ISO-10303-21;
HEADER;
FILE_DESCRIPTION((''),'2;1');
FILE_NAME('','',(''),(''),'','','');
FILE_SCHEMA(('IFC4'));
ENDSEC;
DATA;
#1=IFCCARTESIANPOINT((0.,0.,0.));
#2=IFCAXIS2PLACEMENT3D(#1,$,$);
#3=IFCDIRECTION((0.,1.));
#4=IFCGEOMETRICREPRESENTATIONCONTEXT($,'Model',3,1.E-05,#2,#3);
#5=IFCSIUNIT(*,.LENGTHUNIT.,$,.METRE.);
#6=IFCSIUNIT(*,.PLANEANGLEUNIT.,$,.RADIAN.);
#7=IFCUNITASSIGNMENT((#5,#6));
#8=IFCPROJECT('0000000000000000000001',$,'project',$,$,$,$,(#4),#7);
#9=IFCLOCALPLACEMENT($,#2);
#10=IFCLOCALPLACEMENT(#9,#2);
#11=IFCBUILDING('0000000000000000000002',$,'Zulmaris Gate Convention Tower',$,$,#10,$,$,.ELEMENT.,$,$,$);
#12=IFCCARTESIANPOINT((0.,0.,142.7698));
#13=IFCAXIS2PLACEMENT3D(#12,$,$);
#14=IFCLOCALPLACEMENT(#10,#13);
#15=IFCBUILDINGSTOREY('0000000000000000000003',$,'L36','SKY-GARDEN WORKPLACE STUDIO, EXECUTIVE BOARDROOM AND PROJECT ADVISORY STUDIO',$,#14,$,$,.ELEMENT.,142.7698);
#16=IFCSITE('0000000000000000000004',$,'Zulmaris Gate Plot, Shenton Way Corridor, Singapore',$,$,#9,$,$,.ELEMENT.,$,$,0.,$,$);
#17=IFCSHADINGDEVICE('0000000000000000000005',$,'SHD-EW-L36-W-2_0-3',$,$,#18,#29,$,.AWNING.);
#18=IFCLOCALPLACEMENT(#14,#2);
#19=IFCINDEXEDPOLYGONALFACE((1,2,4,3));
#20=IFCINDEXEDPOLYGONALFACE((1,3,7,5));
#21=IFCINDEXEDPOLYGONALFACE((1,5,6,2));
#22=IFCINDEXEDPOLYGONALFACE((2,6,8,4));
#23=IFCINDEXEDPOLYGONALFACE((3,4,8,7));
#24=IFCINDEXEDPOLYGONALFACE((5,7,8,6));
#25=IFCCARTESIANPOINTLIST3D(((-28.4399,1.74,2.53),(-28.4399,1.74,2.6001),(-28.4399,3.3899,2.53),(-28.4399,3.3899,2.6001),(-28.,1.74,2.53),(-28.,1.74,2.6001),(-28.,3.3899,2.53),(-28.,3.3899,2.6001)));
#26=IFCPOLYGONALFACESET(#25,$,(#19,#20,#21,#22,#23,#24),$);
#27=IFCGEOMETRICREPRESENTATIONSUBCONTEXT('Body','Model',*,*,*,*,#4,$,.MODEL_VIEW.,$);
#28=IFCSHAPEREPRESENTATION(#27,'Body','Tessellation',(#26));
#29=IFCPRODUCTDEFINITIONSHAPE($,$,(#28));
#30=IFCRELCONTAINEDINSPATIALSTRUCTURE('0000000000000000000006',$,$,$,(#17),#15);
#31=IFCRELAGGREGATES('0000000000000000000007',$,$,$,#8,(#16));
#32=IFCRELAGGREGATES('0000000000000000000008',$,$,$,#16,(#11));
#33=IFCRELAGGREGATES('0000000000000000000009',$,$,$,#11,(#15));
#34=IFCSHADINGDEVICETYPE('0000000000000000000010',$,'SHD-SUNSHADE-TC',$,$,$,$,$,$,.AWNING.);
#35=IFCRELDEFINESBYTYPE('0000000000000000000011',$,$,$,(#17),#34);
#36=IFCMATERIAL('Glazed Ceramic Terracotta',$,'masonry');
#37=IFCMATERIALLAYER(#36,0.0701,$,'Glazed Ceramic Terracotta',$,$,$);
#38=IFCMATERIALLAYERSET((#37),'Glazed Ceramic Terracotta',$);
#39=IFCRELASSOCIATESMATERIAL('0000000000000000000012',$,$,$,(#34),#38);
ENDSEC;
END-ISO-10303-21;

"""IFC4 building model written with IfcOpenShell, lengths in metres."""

from ifc_helpers import new_model, si_unit, direction, frame, frame_2d, origin, place, context, subcontext, project, spatial, rectangle, extrude, material, layer, layer_set, type_object, element, save


model = new_model("IFC4")

# Units and contexts
model_context = context("Model", 3, precision=1e-05, world=origin(), true_north=direction((0.0, 1.0)))
body_context = subcontext(model_context, "Body", "Model", "MODEL_VIEW")
ifc_project = project(units=[si_unit("LENGTHUNIT", "METRE"), si_unit("PLANEANGLEUNIT", "RADIAN")], contexts=[model_context])

# Site, building, storey
site_placement = place(None, origin())
site = spatial("IfcSite", under=ifc_project, at=site_placement, Name="Zulmaris Gate Plot, Shenton Way Corridor, Singapore", CompositionType="ELEMENT", RefElevation=0.0)
building_placement = place(site_placement, origin())
building = spatial("IfcBuilding", under=site, at=building_placement, Name="Zulmaris Gate Convention Tower", CompositionType="ELEMENT")
storey_placement = place(building_placement, frame((0.0, 0.0, 142.7698)))
storey = spatial("IfcBuildingStorey", under=building, at=storey_placement, Name="L36", Description="SKY-GARDEN WORKPLACE STUDIO, EXECUTIVE BOARDROOM AND PROJECT ADVISORY STUDIO", CompositionType="ELEMENT", Elevation=142.7698)

# Shading device
ifc_material_1 = material(Name="Glazed Ceramic Terracotta", Category="masonry")
ifc_layer_1 = layer(ifc_material_1, 0.0701, Name="Glazed Ceramic Terracotta")
ifc_layer_set_1 = layer_set([ifc_layer_1], Name="Glazed Ceramic Terracotta")
shading_device_type = type_object("IfcShadingDeviceType", Name="SHD-SUNSHADE-TC", PredefinedType="AWNING", material=ifc_layer_set_1)
for number, where, z_axis, x_axis, name in (
    (1, (-28.22, 3.3899, 2.53), (0.0, 0.0, 1.0), (0.0, -1.0, 0.0), "SHD-EW-L36-W-2_0-3"),
):
    element("IfcShadingDevice", number, at=place(storey_placement, frame(where, z_axis=z_axis, x_axis=x_axis)), inside=storey, type_object=shading_device_type, Name=name, PredefinedType="AWNING", context=body_context, shape_type="SweptSolid", body=[
        extrude(rectangle(XDim=1.6499, YDim=0.4399, at=frame_2d((0.825, 0.0))), origin(), (0.0, 0.0, 1.0), 0.0701),
    ])

save(model, "model.ifc")
